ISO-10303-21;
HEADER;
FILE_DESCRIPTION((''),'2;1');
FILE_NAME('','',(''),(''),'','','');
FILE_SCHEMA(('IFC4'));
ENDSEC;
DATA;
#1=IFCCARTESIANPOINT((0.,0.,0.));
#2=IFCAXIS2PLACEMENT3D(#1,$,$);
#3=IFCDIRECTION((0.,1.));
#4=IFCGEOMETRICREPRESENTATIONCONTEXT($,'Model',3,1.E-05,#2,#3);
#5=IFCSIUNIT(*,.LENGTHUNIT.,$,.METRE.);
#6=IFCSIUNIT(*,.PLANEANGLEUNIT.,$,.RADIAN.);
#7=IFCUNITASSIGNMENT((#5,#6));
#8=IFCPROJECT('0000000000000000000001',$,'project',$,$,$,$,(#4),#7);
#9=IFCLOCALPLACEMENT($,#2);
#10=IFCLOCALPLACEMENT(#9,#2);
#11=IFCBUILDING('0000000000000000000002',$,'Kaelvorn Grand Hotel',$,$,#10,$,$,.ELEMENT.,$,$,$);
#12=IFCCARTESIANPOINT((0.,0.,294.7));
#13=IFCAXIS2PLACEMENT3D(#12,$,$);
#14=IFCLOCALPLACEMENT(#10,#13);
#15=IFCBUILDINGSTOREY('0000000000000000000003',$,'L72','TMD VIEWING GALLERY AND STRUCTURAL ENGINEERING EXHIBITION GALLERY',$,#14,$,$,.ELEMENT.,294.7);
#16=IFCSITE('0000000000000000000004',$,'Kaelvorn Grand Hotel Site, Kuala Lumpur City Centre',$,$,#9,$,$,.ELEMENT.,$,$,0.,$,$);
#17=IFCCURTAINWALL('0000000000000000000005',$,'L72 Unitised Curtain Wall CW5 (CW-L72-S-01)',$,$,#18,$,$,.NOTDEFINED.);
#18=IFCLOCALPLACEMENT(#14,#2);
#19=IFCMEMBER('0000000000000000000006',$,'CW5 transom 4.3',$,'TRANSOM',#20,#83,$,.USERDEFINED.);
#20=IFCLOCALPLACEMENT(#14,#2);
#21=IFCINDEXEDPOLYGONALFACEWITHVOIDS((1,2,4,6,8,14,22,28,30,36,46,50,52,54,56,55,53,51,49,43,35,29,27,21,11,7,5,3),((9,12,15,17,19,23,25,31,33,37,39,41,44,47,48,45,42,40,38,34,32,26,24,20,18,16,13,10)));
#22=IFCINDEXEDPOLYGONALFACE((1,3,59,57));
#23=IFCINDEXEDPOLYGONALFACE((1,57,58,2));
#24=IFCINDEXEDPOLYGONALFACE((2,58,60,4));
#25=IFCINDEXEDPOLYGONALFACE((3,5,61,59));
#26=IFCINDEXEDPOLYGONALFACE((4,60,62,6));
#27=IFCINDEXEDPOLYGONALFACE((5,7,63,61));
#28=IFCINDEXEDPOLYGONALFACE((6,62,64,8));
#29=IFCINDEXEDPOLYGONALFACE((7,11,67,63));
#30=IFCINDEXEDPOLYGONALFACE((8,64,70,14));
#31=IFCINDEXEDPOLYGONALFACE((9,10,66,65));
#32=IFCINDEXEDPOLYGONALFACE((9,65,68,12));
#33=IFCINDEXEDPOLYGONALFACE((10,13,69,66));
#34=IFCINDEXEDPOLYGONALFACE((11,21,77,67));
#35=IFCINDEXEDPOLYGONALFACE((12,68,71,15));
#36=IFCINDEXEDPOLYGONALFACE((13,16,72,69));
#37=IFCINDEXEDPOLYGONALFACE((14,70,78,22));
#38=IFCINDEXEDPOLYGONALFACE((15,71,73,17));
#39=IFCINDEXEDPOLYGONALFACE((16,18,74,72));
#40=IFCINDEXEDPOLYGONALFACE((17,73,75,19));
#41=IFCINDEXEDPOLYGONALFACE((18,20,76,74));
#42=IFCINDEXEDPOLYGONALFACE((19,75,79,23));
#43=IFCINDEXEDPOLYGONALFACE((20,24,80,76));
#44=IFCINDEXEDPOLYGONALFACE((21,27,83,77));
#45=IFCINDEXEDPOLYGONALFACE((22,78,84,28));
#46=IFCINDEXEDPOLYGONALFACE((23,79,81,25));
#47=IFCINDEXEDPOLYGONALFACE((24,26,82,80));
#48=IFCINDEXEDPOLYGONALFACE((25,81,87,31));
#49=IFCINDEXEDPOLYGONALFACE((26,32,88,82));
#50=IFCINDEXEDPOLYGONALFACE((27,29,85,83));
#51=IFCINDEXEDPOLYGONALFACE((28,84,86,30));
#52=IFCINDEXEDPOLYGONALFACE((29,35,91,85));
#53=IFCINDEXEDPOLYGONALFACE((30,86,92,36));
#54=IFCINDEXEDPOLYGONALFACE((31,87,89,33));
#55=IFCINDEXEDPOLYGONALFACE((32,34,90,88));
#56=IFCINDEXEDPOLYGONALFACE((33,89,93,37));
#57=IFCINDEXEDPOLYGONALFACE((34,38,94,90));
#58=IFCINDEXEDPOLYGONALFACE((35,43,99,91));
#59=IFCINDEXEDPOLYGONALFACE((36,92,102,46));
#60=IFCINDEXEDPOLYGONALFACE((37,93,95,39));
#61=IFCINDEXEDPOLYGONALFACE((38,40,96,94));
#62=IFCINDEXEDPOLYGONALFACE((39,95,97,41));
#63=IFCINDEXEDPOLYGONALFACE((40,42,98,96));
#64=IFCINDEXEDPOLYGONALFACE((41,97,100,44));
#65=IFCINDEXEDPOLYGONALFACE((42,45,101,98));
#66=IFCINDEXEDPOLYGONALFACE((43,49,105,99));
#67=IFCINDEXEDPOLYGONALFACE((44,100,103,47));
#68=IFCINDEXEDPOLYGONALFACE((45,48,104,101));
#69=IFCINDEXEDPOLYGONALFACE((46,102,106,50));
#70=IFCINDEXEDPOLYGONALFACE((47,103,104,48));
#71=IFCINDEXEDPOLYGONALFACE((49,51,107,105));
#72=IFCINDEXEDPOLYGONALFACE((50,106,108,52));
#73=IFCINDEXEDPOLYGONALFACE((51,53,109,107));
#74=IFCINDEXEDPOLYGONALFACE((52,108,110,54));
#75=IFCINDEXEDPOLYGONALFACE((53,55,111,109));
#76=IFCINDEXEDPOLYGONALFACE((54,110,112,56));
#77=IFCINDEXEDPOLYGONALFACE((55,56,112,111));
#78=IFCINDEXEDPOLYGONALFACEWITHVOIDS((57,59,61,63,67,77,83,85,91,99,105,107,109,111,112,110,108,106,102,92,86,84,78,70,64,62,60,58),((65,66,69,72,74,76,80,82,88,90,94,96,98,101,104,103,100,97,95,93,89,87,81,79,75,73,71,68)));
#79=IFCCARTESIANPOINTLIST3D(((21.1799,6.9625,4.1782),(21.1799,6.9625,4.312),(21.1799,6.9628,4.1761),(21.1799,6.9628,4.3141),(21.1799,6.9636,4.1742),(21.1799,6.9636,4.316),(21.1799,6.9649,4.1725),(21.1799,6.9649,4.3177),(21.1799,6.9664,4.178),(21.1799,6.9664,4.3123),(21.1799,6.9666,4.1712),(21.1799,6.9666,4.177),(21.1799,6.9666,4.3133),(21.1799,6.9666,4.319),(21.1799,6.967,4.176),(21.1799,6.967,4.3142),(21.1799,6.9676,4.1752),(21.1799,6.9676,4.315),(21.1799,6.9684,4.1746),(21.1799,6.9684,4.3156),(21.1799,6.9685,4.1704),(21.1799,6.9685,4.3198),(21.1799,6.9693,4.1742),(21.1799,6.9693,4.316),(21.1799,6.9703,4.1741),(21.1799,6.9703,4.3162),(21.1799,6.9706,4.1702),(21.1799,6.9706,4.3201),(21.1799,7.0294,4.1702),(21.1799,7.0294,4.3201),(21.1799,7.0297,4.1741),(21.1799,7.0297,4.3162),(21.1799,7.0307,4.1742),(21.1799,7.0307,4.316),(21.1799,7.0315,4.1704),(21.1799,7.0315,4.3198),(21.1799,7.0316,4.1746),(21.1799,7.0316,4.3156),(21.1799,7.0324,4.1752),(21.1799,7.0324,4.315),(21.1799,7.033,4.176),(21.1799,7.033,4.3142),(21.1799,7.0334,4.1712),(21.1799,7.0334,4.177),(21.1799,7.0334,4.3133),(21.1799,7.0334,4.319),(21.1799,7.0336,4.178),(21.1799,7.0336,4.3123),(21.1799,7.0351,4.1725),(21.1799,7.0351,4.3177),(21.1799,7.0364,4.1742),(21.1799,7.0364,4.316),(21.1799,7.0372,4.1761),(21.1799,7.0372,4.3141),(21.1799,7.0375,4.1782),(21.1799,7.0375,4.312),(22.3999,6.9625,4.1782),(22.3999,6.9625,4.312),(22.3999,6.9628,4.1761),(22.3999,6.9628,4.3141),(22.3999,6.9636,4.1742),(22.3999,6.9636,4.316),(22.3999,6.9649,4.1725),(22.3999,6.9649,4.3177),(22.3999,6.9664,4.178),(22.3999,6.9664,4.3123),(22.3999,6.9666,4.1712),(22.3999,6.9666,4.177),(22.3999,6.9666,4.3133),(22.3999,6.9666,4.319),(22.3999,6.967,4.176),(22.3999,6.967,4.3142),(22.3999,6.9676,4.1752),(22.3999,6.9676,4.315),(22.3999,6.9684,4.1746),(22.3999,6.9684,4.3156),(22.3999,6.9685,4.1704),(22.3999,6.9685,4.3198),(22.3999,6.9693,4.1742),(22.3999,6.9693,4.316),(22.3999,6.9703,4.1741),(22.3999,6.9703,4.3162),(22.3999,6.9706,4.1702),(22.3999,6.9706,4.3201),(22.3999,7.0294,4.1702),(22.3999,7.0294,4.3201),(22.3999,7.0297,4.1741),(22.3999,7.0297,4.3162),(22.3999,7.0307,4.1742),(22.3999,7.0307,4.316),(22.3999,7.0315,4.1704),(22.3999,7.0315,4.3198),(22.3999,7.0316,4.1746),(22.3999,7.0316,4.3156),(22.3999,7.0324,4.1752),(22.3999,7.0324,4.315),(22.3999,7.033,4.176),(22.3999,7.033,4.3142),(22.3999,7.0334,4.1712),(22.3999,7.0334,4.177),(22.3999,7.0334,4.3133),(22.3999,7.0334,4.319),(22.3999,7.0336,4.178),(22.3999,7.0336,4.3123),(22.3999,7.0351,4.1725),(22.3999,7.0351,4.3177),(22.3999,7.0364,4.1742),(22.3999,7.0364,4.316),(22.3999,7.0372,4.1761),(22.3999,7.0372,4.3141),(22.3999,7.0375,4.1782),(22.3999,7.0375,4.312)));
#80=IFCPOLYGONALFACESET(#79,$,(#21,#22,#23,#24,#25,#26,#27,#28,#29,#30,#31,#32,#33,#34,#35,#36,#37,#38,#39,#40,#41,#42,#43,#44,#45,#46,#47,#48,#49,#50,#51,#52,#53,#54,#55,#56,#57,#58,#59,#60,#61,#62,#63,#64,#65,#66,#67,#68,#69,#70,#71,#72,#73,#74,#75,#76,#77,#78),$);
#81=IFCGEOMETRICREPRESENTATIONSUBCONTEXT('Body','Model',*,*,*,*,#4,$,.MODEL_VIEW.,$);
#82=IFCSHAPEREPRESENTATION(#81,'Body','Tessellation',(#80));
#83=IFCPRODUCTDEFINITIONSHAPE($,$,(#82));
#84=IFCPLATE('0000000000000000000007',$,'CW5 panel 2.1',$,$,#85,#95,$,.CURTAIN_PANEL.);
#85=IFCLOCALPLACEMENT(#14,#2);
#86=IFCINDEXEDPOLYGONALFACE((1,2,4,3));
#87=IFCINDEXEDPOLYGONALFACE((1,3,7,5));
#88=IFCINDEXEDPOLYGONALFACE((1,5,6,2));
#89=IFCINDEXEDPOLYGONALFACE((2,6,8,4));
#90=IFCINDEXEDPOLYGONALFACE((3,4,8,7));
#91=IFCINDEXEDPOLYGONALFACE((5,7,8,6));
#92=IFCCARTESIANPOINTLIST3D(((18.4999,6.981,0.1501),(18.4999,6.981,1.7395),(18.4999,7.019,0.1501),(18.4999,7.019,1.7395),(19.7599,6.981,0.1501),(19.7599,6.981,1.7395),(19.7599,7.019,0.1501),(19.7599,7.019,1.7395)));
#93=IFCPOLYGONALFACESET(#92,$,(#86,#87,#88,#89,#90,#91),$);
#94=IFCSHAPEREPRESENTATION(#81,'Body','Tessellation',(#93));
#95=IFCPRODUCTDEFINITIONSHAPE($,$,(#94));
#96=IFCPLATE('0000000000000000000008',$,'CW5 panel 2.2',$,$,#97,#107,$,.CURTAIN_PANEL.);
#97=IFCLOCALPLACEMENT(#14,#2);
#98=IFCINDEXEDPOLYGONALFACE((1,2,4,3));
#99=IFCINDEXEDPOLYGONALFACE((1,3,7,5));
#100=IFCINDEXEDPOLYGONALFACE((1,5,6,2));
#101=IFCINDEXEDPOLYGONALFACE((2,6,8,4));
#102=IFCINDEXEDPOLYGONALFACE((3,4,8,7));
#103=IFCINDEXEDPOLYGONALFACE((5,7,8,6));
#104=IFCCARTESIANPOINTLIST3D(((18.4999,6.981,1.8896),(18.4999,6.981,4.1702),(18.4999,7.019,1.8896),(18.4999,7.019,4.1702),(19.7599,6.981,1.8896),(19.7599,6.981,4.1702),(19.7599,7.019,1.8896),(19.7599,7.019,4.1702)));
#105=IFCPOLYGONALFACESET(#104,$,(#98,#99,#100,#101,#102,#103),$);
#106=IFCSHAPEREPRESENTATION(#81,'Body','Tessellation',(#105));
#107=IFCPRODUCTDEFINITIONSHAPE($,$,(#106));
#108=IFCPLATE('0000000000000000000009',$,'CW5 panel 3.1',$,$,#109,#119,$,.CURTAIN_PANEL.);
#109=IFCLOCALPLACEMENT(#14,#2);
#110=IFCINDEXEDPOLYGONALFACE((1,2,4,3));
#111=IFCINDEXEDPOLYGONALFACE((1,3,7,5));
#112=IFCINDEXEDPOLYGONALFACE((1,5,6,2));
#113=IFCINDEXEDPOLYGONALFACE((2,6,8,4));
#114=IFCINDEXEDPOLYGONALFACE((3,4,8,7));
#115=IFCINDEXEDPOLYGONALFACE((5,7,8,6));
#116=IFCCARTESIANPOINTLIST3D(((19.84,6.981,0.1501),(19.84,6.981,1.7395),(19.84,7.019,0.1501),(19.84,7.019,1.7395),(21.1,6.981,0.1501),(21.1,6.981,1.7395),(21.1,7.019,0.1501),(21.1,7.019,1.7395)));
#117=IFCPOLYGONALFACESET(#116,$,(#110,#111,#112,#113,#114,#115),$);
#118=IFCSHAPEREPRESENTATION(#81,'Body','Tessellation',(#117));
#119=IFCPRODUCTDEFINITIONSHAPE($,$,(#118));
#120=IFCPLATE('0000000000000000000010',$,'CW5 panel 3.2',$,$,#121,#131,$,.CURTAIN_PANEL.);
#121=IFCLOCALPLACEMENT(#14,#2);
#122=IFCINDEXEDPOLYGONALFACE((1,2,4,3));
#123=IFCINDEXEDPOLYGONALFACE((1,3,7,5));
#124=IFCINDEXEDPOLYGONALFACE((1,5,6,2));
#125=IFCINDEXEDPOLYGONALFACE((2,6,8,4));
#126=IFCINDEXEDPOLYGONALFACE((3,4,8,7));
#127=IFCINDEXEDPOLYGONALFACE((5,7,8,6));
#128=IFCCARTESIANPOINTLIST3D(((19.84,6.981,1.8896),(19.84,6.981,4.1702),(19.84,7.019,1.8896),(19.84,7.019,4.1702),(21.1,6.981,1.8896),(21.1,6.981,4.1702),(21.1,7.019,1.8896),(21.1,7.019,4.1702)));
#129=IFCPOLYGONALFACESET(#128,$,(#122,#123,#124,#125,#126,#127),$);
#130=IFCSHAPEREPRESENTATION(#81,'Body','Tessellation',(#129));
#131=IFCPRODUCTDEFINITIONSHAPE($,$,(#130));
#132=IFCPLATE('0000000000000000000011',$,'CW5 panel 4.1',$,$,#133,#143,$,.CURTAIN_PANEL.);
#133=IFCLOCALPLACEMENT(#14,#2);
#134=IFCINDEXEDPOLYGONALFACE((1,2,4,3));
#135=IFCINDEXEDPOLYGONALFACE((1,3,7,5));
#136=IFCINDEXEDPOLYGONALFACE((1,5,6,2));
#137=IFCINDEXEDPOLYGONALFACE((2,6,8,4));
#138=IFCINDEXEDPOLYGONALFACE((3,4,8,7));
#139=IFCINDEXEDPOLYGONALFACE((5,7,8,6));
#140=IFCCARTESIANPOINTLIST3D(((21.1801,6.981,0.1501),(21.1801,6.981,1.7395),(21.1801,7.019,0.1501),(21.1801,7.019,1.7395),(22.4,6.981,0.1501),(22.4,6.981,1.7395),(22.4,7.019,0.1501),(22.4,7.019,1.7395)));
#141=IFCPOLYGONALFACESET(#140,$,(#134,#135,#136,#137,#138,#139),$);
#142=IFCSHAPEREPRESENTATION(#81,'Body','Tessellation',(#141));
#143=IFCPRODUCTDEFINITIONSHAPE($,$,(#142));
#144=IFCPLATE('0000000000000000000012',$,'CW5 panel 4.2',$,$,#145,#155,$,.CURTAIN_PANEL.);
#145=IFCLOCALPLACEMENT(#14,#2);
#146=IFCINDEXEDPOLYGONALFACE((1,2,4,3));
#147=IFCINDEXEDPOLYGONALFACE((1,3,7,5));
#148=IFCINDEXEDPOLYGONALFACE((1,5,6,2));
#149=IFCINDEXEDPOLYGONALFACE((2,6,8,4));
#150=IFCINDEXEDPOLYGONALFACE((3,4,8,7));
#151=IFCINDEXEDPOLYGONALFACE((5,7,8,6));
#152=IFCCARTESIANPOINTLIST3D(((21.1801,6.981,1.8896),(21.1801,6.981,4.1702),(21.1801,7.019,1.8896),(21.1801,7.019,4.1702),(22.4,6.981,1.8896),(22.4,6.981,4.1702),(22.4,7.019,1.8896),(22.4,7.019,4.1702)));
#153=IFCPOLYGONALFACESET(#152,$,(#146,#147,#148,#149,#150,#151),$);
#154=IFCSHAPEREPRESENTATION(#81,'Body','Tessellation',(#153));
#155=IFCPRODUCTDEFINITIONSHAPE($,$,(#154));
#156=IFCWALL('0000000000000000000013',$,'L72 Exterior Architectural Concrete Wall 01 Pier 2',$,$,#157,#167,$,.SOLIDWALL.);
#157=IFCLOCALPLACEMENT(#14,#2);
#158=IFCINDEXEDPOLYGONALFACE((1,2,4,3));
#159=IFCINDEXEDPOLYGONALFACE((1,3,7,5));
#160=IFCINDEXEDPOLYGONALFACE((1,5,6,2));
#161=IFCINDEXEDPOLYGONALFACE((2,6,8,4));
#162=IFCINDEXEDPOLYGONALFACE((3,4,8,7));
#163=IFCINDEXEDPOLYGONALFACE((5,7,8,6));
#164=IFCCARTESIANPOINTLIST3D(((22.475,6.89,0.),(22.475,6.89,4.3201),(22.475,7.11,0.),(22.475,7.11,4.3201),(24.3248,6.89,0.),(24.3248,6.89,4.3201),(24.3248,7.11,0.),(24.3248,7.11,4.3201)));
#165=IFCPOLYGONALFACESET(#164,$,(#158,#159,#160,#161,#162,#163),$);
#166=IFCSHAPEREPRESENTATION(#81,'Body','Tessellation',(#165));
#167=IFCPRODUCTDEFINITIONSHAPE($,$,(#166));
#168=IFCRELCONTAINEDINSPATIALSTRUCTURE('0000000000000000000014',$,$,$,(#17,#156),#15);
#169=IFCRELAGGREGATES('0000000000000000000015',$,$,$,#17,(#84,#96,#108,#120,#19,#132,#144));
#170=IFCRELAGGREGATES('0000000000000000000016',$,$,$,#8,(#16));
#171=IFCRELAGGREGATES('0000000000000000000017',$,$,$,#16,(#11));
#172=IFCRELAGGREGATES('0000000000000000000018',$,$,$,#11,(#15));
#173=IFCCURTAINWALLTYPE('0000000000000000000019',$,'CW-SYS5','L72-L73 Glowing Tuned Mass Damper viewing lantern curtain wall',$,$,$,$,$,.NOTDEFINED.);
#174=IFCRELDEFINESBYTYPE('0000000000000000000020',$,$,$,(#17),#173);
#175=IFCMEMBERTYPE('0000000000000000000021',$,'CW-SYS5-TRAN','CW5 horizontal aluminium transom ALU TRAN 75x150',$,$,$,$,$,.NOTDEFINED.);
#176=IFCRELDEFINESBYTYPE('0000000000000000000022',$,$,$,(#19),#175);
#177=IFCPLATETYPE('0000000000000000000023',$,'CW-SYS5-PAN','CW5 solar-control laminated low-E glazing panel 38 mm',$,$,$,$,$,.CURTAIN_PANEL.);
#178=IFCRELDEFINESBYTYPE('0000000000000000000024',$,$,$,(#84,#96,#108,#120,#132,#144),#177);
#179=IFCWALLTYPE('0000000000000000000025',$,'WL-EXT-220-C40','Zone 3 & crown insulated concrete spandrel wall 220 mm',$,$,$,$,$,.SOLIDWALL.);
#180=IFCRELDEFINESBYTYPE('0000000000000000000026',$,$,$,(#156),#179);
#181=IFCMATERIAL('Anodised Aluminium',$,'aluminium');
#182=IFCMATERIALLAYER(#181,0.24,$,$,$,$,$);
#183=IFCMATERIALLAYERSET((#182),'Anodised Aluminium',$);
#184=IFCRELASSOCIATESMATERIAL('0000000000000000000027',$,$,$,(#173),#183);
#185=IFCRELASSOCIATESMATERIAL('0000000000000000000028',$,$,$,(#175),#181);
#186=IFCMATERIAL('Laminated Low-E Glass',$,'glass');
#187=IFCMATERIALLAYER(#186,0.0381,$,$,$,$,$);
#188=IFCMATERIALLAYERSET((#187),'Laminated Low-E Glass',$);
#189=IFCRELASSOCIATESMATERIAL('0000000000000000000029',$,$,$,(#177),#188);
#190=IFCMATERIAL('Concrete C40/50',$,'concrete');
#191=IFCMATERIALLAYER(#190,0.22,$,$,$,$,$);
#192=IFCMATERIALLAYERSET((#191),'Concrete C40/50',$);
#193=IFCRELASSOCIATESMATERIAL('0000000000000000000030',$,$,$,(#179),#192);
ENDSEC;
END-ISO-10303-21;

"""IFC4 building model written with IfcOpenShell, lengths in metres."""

from ifc_helpers import new_model, si_unit, direction, frame, frame_2d, origin, origin_2d, place, context, subcontext, project, spatial, rectangle, hollow_rectangle, extrude, material, layer, layer_set, material_profile, profile_set, type_object, element, aggregate, save


model = new_model("IFC4")

# Units and contexts
model_context = context("Model", 3, precision=1e-05, world=origin(), true_north=direction((0.0, 1.0)))
body_context = subcontext(model_context, "Body", "Model", "MODEL_VIEW")
ifc_project = project(units=[si_unit("LENGTHUNIT", "METRE"), si_unit("PLANEANGLEUNIT", "RADIAN")], contexts=[model_context])

# Site, building, storey
site_placement = place(None, origin())
site = spatial("IfcSite", under=ifc_project, at=site_placement, Name="Kaelvorn Grand Hotel Site, Kuala Lumpur City Centre", CompositionType="ELEMENT", RefElevation=0.0)
building_placement = place(site_placement, origin())
building = spatial("IfcBuilding", under=site, at=building_placement, Name="Kaelvorn Grand Hotel", CompositionType="ELEMENT")
storey_placement = place(building_placement, frame((0.0, 0.0, 294.7)))
storey = spatial("IfcBuildingStorey", under=building, at=storey_placement, Name="L72", Description="TMD VIEWING GALLERY AND STRUCTURAL ENGINEERING EXHIBITION GALLERY", CompositionType="ELEMENT", Elevation=294.7)

# Curtain wall, member, plates
ifc_material_1 = material(Name="Anodised Aluminium", Category="aluminium")
ifc_layer_1 = layer(ifc_material_1, 0.24)
ifc_layer_set_1 = layer_set([ifc_layer_1], Name="Anodised Aluminium")
curtain_wall_type = type_object("IfcCurtainWallType", Name="CW-SYS5", Description="L72-L73 Glowing Tuned Mass Damper viewing lantern curtain wall", PredefinedType="NOTDEFINED", material=ifc_layer_set_1)
curtain_wall_placement = place(storey_placement, origin())
curtain_wall = element("IfcCurtainWall", 1, at=curtain_wall_placement, inside=storey, type_object=curtain_wall_type, Name="L72 Unitised Curtain Wall CW5 (CW-L72-S-01)", PredefinedType="NOTDEFINED")
ifc_material_profile_1 = material_profile(ifc_material_1, hollow_rectangle(XDim=0.075, YDim=0.1499, WallThickness=0.0039, InnerFilletRadius=0.0039, OuterFilletRadius=0.0081, at=origin_2d()), Name="ALU TRAN 75x150")
ifc_profile_set_1 = profile_set([ifc_material_profile_1], Name="Anodised Aluminium")
member_type_1 = type_object("IfcMemberType", Name="CW-SYS5-TRAN", Description="CW5 horizontal aluminium transom ALU TRAN 75x150", PredefinedType="NOTDEFINED", material=ifc_profile_set_1)
member_1_placement = place(storey_placement, frame((21.1799, 7.0, 4.2451), z_axis=(1.0, 0.0, 0.0), x_axis=(0.0, 1.0, 0.0)))
member_1 = element("IfcMember", 2, at=member_1_placement, type_object=member_type_1, Name="CW5 transom 4.3", ObjectType="TRANSOM", PredefinedType="USERDEFINED", context=body_context, shape_type="SweptSolid", body=[
    extrude(hollow_rectangle(XDim=0.075, YDim=0.1499, WallThickness=0.0039, InnerFilletRadius=0.0039, OuterFilletRadius=0.0081, at=origin_2d()), origin(), (0.0, 0.0, 1.0), 1.22),
])
ifc_material_2 = material(Name="Laminated Low-E Glass", Category="glass")
ifc_layer_2 = layer(ifc_material_2, 0.0381)
ifc_layer_set_2 = layer_set([ifc_layer_2], Name="Laminated Low-E Glass")
plate_type = type_object("IfcPlateType", Name="CW-SYS5-PAN", Description="CW5 solar-control laminated low-E glazing panel 38 mm", PredefinedType="CURTAIN_PANEL", material=ifc_layer_set_2)
plate_1_placement = place(storey_placement, frame((19.1299, 7.0, 0.1501), z_axis=(0.0, 0.0, 1.0), x_axis=(1.0, 0.0, 0.0)))
plate_1 = element("IfcPlate", 3, at=plate_1_placement, type_object=plate_type, Name="CW5 panel 2.1", PredefinedType="CURTAIN_PANEL", context=body_context, shape_type="SweptSolid", body=[
    extrude(rectangle(XDim=1.26, YDim=0.0381, at=origin_2d()), origin(), (0.0, 0.0, 1.0), 1.5894),
])
plate_2_placement = place(storey_placement, frame((19.1299, 7.0, 1.8896), z_axis=(0.0, 0.0, 1.0), x_axis=(1.0, 0.0, 0.0)))
plate_2 = element("IfcPlate", 4, at=plate_2_placement, type_object=plate_type, Name="CW5 panel 2.2", PredefinedType="CURTAIN_PANEL", context=body_context, shape_type="SweptSolid", body=[
    extrude(rectangle(XDim=1.26, YDim=0.0381, at=origin_2d()), origin(), (0.0, 0.0, 1.0), 2.2805),
])
plate_3_placement = place(storey_placement, frame((20.47, 7.0, 0.1501), z_axis=(0.0, 0.0, 1.0), x_axis=(1.0, 0.0, 0.0)))
plate_3 = element("IfcPlate", 5, at=plate_3_placement, type_object=plate_type, Name="CW5 panel 3.1", PredefinedType="CURTAIN_PANEL", context=body_context, shape_type="SweptSolid", body=[
    extrude(rectangle(XDim=1.26, YDim=0.0381, at=origin_2d()), origin(), (0.0, 0.0, 1.0), 1.5894),
])
plate_4_placement = place(storey_placement, frame((20.47, 7.0, 1.8896), z_axis=(0.0, 0.0, 1.0), x_axis=(1.0, 0.0, 0.0)))
plate_4 = element("IfcPlate", 6, at=plate_4_placement, type_object=plate_type, Name="CW5 panel 3.2", PredefinedType="CURTAIN_PANEL", context=body_context, shape_type="SweptSolid", body=[
    extrude(rectangle(XDim=1.26, YDim=0.0381, at=origin_2d()), origin(), (0.0, 0.0, 1.0), 2.2805),
])
plate_5_placement = place(storey_placement, frame((21.79, 7.0, 0.1501), z_axis=(0.0, 0.0, 1.0), x_axis=(1.0, 0.0, 0.0)))
plate_5 = element("IfcPlate", 7, at=plate_5_placement, type_object=plate_type, Name="CW5 panel 4.1", PredefinedType="CURTAIN_PANEL", context=body_context, shape_type="SweptSolid", body=[
    extrude(rectangle(XDim=1.22, YDim=0.0381, at=origin_2d()), origin(), (0.0, 0.0, 1.0), 1.5894),
])
plate_6_placement = place(storey_placement, frame((21.79, 7.0, 1.8896), z_axis=(0.0, 0.0, 1.0), x_axis=(1.0, 0.0, 0.0)))
plate_6 = element("IfcPlate", 8, at=plate_6_placement, type_object=plate_type, Name="CW5 panel 4.2", PredefinedType="CURTAIN_PANEL", context=body_context, shape_type="SweptSolid", body=[
    extrude(rectangle(XDim=1.22, YDim=0.0381, at=origin_2d()), origin(), (0.0, 0.0, 1.0), 2.2805),
])
aggregate(curtain_wall, [plate_1, plate_2, plate_3, plate_4, member_1, plate_5, plate_6])

# Wall
ifc_material_3 = material(Name="Concrete C40/50", Category="concrete")
ifc_layer_3 = layer(ifc_material_3, 0.22)
ifc_layer_set_3 = layer_set([ifc_layer_3], Name="Concrete C40/50")
wall_type = type_object("IfcWallType", Name="WL-EXT-220-C40", Description="Zone 3 & crown insulated concrete spandrel wall 220 mm", PredefinedType="SOLIDWALL", material=ifc_layer_set_3)
wall_placement = place(storey_placement, frame((22.4751, 7.0, 0.0), z_axis=(0.0, 0.0, 1.0), x_axis=(1.0, 0.0, 0.0)))
element("IfcWall", 9, at=wall_placement, inside=storey, type_object=wall_type, Name="L72 Exterior Architectural Concrete Wall 01 Pier 2", PredefinedType="SOLIDWALL", context=body_context, shape_type="SweptSolid", body=[
    extrude(rectangle(XDim=1.8499, YDim=0.22, at=frame_2d((0.9248, 0.0))), origin(), (0.0, 0.0, 1.0), 4.3201),
])

save(model, "model.ifc")
